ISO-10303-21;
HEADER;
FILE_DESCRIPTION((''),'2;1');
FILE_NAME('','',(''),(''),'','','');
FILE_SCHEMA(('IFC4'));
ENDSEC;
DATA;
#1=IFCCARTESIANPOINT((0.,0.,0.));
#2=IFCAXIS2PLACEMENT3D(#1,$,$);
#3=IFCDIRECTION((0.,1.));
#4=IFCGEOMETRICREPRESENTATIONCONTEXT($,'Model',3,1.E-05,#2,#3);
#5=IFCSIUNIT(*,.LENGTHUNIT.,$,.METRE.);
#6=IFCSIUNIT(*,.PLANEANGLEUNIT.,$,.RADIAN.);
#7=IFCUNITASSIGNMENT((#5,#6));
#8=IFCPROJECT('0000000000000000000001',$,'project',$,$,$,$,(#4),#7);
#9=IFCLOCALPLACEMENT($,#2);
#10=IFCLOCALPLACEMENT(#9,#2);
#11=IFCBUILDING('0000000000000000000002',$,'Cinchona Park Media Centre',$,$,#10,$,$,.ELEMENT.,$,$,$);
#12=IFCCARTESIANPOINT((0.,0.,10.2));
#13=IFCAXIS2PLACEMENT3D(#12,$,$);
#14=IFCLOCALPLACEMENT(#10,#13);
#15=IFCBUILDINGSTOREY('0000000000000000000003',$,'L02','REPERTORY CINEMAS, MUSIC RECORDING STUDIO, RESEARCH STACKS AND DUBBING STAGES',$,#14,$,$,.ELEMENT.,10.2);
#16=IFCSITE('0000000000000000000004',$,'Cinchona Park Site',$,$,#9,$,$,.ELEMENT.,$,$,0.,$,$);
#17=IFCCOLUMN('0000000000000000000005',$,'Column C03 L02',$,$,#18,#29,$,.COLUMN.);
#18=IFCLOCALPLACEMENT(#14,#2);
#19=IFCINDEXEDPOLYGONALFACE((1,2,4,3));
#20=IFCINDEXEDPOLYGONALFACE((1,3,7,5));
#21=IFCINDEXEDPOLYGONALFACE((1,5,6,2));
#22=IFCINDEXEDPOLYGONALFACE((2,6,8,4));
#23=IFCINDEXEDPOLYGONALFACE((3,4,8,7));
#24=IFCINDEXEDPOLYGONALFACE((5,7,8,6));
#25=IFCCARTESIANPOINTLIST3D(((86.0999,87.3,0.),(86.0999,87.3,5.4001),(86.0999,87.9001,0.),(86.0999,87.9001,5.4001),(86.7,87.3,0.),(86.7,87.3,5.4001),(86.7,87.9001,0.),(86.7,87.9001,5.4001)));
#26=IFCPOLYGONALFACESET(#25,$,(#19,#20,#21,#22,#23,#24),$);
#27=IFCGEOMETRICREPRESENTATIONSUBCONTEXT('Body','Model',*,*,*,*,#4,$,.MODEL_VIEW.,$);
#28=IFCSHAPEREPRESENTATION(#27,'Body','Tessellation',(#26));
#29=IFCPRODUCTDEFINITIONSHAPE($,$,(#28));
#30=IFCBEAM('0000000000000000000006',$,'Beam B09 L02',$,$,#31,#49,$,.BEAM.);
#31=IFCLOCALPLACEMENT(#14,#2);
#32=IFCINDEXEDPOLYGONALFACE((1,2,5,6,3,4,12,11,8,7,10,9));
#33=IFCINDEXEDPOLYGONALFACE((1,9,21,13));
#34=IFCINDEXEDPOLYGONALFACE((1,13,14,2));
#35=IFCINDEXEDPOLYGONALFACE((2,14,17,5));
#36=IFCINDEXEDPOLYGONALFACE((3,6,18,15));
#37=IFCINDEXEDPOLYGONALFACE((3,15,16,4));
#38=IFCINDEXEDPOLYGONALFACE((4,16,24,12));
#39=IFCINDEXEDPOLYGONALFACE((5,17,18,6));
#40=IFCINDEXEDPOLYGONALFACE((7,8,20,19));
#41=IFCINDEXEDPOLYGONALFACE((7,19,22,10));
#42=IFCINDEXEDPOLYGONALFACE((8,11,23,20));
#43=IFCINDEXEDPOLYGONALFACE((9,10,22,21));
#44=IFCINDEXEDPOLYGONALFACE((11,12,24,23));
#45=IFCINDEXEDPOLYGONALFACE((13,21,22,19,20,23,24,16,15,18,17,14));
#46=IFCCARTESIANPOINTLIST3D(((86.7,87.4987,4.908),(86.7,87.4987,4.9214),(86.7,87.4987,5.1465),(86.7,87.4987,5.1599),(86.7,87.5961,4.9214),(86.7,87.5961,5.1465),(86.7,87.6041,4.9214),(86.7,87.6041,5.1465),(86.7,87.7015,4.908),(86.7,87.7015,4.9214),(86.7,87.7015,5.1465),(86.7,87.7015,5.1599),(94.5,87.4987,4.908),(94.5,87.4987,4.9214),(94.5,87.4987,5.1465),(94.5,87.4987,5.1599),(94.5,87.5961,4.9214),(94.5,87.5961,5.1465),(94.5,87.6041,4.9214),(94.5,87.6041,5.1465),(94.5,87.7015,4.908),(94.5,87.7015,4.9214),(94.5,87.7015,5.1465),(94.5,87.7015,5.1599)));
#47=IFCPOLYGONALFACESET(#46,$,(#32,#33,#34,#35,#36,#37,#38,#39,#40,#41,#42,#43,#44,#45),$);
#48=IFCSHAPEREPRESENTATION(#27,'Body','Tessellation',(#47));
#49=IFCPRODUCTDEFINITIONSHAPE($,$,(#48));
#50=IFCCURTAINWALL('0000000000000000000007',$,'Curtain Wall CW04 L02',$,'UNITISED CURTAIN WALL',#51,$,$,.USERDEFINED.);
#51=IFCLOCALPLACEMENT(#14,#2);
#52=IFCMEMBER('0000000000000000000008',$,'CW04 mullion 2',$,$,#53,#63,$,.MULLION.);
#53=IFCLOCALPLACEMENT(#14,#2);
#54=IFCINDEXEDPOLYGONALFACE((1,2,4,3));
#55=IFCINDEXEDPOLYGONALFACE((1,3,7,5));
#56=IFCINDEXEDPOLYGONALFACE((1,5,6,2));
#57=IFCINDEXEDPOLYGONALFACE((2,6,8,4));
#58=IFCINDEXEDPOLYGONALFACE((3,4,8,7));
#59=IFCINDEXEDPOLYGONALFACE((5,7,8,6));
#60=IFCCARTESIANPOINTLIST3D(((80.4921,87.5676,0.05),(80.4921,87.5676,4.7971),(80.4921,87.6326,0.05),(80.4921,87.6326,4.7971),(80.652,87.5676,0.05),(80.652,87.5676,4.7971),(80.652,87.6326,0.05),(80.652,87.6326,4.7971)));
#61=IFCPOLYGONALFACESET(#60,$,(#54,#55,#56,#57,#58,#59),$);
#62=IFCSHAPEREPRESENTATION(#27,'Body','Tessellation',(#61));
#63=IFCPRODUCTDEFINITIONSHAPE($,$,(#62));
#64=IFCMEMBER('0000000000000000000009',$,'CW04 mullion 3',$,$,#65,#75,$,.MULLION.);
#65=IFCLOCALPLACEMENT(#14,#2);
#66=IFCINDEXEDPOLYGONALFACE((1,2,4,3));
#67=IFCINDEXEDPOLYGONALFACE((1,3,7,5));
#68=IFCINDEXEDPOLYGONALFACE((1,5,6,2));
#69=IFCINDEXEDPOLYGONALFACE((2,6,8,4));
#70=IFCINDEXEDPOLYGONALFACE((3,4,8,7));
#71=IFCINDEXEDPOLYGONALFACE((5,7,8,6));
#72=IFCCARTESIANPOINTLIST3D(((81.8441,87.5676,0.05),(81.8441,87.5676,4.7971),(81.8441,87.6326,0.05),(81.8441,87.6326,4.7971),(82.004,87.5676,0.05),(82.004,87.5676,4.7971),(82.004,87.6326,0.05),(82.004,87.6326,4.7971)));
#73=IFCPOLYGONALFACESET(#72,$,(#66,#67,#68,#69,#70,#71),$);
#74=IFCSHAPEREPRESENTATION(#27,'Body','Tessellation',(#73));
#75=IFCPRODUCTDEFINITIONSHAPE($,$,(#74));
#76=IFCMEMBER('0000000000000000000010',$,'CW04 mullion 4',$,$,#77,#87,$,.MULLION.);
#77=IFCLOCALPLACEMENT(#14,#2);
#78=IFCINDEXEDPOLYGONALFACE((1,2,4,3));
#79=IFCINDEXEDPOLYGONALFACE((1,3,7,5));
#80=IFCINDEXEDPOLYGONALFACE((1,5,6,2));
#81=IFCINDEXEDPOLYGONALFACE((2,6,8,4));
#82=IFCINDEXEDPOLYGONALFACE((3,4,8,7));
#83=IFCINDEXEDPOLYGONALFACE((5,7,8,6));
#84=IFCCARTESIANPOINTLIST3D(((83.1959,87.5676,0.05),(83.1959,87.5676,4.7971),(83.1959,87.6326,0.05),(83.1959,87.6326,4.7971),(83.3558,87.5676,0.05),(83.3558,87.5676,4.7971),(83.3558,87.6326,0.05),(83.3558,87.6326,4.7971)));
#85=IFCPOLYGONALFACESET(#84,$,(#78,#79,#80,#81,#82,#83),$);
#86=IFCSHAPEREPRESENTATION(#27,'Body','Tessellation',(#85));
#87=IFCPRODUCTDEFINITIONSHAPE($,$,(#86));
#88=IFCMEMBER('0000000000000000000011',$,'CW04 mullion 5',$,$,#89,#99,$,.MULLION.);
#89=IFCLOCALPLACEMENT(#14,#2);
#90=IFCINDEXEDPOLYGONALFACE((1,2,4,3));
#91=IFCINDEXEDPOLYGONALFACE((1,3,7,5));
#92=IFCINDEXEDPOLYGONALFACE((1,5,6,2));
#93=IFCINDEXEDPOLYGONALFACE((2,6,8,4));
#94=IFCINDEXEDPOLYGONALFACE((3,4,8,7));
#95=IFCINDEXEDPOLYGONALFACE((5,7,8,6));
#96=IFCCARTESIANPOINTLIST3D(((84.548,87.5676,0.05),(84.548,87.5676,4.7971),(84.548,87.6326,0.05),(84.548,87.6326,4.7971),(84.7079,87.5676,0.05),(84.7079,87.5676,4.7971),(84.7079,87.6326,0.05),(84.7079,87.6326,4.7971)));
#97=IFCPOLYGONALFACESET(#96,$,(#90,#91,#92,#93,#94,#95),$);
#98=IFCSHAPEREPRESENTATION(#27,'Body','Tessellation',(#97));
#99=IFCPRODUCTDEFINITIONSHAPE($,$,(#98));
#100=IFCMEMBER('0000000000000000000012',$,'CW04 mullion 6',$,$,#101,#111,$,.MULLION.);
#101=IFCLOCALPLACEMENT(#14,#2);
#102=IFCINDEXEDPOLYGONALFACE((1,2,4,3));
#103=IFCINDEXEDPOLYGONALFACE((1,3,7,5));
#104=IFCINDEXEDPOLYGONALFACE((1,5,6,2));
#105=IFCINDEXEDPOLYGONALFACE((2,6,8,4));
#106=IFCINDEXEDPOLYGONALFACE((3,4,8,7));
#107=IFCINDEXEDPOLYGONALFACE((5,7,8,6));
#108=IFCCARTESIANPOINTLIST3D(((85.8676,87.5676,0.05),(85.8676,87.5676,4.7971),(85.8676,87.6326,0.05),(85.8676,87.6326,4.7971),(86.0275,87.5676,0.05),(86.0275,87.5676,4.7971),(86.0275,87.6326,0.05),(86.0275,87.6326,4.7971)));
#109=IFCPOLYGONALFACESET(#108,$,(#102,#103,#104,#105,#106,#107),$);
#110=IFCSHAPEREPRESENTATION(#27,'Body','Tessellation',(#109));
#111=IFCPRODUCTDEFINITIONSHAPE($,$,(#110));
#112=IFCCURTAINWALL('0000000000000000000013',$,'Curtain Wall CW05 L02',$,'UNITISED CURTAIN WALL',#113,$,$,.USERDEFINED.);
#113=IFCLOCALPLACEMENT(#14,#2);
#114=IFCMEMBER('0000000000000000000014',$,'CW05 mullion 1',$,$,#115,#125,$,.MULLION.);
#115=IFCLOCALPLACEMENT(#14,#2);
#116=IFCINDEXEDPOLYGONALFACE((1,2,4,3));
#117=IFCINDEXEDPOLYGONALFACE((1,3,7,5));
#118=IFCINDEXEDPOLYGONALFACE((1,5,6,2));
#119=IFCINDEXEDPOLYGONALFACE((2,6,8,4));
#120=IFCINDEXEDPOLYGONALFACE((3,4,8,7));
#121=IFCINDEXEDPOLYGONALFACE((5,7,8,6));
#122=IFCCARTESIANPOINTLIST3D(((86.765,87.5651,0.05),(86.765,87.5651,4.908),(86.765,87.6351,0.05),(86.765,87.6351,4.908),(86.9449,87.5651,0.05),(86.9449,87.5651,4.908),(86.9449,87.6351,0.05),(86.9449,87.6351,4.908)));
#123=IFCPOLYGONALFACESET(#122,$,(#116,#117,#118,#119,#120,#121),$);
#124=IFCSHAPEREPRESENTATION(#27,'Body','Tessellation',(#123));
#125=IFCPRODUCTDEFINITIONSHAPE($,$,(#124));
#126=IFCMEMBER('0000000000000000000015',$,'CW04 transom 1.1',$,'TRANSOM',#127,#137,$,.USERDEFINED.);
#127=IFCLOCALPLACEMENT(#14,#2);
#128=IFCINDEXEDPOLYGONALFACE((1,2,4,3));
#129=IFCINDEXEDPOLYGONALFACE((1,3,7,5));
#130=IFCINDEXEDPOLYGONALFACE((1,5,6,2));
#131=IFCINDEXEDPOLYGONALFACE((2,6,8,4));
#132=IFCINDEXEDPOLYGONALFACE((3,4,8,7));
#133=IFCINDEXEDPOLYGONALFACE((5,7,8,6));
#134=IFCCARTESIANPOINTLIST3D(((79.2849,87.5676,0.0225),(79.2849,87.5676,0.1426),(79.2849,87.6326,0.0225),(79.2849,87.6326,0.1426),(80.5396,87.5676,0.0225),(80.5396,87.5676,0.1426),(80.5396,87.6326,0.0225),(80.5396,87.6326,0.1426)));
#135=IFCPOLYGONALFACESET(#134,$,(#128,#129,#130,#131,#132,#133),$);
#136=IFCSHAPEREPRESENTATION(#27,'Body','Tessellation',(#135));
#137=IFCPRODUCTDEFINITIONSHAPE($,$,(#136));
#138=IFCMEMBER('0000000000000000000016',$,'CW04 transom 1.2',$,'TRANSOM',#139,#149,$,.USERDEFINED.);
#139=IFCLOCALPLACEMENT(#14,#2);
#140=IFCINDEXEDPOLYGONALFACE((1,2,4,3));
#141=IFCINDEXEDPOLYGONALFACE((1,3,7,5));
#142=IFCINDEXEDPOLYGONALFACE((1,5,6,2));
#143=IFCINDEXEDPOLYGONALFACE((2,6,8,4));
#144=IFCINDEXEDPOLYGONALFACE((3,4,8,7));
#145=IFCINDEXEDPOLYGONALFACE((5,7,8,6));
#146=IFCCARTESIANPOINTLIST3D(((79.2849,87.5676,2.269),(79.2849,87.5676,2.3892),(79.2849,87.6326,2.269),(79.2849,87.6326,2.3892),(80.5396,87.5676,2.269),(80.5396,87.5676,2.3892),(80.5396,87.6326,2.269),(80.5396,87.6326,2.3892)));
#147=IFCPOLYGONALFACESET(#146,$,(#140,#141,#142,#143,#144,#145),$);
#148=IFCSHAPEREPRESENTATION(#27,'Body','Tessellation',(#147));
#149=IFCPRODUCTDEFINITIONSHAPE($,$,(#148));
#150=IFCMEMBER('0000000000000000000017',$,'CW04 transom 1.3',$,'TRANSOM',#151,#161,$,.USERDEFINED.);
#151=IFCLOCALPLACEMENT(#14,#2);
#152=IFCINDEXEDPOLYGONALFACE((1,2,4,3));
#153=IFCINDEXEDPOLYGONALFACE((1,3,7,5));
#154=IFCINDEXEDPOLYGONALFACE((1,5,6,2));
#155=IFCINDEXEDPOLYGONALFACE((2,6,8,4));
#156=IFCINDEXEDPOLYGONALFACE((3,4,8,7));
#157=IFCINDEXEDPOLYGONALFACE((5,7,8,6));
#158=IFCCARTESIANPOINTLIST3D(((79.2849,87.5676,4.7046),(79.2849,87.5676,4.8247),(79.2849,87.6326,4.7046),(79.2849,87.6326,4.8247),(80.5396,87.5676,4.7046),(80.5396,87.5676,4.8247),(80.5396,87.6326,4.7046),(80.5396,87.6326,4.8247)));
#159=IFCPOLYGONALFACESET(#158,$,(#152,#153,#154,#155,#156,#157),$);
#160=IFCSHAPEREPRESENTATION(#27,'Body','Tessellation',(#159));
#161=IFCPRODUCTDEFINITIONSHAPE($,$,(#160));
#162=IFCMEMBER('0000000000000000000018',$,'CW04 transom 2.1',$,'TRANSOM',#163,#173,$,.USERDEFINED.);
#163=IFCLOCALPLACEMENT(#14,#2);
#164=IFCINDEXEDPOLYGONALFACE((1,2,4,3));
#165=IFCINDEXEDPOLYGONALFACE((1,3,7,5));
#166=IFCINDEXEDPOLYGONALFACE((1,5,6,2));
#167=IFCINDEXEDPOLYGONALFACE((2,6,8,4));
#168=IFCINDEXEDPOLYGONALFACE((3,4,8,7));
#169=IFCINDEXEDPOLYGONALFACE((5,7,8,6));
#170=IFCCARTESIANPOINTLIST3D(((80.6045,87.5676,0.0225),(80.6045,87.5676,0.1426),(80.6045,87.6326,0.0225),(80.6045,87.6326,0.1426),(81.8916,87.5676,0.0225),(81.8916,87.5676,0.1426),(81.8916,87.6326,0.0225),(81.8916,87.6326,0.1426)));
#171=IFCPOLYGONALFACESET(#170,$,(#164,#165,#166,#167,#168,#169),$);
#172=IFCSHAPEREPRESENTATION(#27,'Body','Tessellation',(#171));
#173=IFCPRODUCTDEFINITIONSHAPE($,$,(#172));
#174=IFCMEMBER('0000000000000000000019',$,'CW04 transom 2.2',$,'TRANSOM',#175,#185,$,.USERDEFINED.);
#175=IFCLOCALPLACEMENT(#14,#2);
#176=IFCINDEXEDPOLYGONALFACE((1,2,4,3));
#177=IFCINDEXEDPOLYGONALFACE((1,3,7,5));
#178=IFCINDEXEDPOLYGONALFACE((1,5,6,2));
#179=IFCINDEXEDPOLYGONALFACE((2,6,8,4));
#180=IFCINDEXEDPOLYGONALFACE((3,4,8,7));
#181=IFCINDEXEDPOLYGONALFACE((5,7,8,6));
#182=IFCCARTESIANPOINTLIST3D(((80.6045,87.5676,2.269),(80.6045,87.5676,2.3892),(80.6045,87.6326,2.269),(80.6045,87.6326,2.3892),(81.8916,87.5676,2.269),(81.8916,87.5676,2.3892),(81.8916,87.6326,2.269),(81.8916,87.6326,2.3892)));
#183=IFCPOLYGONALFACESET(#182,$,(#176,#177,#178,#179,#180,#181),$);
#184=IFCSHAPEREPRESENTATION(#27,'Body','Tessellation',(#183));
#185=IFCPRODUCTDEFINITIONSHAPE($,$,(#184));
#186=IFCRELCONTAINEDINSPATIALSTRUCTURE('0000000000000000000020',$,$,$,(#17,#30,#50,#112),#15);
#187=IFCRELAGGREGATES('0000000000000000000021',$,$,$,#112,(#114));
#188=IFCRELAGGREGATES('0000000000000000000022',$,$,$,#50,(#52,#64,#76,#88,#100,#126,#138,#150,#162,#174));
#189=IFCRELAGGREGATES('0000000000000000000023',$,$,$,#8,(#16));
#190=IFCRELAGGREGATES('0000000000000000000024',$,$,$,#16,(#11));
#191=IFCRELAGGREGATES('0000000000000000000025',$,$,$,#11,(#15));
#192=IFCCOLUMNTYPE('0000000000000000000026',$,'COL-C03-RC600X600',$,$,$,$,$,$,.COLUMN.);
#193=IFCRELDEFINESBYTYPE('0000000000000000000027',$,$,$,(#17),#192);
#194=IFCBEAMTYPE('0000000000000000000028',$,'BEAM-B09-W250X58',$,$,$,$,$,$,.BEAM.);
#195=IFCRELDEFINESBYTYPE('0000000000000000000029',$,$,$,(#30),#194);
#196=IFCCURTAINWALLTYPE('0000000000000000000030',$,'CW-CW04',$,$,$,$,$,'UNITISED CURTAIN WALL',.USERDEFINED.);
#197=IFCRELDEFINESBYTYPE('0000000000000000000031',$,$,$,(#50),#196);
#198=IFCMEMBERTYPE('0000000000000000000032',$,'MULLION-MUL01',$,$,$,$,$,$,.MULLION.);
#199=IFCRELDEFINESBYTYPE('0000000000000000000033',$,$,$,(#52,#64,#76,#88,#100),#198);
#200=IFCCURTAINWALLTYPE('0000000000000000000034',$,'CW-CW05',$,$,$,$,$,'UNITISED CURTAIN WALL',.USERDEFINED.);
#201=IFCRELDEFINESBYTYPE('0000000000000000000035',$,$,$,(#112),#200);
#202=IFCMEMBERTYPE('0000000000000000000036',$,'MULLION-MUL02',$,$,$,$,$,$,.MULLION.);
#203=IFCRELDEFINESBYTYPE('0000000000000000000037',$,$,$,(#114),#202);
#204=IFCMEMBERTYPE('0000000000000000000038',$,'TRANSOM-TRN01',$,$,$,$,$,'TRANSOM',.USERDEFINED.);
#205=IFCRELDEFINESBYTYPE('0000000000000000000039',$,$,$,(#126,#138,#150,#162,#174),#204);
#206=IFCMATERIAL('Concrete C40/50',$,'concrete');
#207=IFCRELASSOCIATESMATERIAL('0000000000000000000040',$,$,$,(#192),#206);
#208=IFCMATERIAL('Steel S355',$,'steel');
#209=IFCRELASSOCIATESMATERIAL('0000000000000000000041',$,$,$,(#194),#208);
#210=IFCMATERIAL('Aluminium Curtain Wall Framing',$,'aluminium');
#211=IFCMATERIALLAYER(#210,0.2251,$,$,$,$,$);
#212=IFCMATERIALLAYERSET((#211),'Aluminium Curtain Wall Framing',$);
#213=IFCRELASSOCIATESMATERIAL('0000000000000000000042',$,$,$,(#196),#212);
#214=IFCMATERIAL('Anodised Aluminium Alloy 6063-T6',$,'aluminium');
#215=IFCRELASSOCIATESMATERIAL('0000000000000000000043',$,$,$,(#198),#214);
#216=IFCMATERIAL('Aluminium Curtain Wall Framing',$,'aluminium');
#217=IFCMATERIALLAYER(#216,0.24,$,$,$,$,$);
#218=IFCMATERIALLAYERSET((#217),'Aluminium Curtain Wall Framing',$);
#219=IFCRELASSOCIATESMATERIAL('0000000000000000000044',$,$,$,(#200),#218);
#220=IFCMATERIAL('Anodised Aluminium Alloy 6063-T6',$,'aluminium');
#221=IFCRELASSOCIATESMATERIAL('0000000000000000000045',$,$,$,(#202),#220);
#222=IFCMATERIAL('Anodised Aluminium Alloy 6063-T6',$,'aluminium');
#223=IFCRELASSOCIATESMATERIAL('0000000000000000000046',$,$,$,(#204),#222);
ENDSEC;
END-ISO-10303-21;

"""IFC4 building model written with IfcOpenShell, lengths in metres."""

from ifc_helpers import new_model, si_unit, direction, frame, origin, origin_2d, place, context, subcontext, project, spatial, rectangle, i_section, extrude, material, layer, layer_set, material_profile, profile_set, type_object, element, aggregate, save


model = new_model("IFC4")

# Units and contexts
model_context = context("Model", 3, precision=1e-05, world=origin(), true_north=direction((0.0, 1.0)))
body_context = subcontext(model_context, "Body", "Model", "MODEL_VIEW")
ifc_project = project(units=[si_unit("LENGTHUNIT", "METRE"), si_unit("PLANEANGLEUNIT", "RADIAN")], contexts=[model_context])

# Site, building, storey
site_placement = place(None, origin())
site = spatial("IfcSite", under=ifc_project, at=site_placement, Name="Cinchona Park Site", CompositionType="ELEMENT", RefElevation=0.0)
building_placement = place(site_placement, origin())
building = spatial("IfcBuilding", under=site, at=building_placement, Name="Cinchona Park Media Centre", CompositionType="ELEMENT")
storey_placement = place(building_placement, frame((0.0, 0.0, 10.2)))
storey = spatial("IfcBuildingStorey", under=building, at=storey_placement, Name="L02", Description="REPERTORY CINEMAS, MUSIC RECORDING STUDIO, RESEARCH STACKS AND DUBBING STAGES", CompositionType="ELEMENT", Elevation=10.2)

# Column
ifc_material_1 = material(Name="Concrete C40/50", Category="concrete")
ifc_material_profile_1 = material_profile(ifc_material_1, rectangle(XDim=0.6001, YDim=0.6001, at=origin_2d()), Name="RC 600X600")
ifc_profile_set_1 = profile_set([ifc_material_profile_1], Name="Concrete C40/50")
column_type = type_object("IfcColumnType", Name="COL-C03-RC600X600", PredefinedType="COLUMN", material=ifc_profile_set_1)
column_placement = place(storey_placement, frame((86.3999, 87.6001, 0.0), z_axis=(0.0, 0.0, 1.0), x_axis=(1.0, 0.0, 0.0)))
element("IfcColumn", 1, at=column_placement, inside=storey, type_object=column_type, Name="Column C03 L02", PredefinedType="COLUMN", context=body_context, shape_type="SweptSolid", body=[
    extrude(rectangle(XDim=0.6001, YDim=0.6001, at=origin_2d()), origin(), (0.0, 0.0, 1.0), 5.4001),
])

# Beam
ifc_material_2 = material(Name="Steel S355", Category="steel")
ifc_material_profile_2 = material_profile(ifc_material_2, i_section(OverallWidth=0.2029, OverallDepth=0.252, WebThickness=0.0081, FlangeThickness=0.0134, at=origin_2d()), Name="W250X58")
ifc_profile_set_2 = profile_set([ifc_material_profile_2], Name="Steel S355")
beam_type = type_object("IfcBeamType", Name="BEAM-B09-W250X58", PredefinedType="BEAM", material=ifc_profile_set_2)
beam_placement = place(storey_placement, frame((86.7, 87.6001, 5.0339), z_axis=(1.0, 0.0, 0.0), x_axis=(0.0, 1.0, 0.0)))
element("IfcBeam", 2, at=beam_placement, inside=storey, type_object=beam_type, Name="Beam B09 L02", PredefinedType="BEAM", context=body_context, shape_type="SweptSolid", body=[
    extrude(i_section(OverallWidth=0.2029, OverallDepth=0.252, WebThickness=0.0081, FlangeThickness=0.0134, at=origin_2d()), origin(), (0.0, 0.0, 1.0), 7.8),
])

# Curtain wall, members
ifc_material_3 = material(Name="Aluminium Curtain Wall Framing", Category="aluminium")
ifc_layer_1 = layer(ifc_material_3, 0.2251)
ifc_layer_set_1 = layer_set([ifc_layer_1], Name="Aluminium Curtain Wall Framing")
curtain_wall_type_1 = type_object("IfcCurtainWallType", Name="CW-CW04", ElementType="UNITISED CURTAIN WALL", PredefinedType="USERDEFINED", material=ifc_layer_set_1)
curtain_wall_1_placement = place(storey_placement, origin())
curtain_wall_1 = element("IfcCurtainWall", 3, at=curtain_wall_1_placement, inside=storey, type_object=curtain_wall_type_1, Name="Curtain Wall CW04 L02", ObjectType="UNITISED CURTAIN WALL", PredefinedType="USERDEFINED")
ifc_material_4 = material(Name="Anodised Aluminium Alloy 6063-T6", Category="aluminium")
ifc_material_profile_3 = material_profile(ifc_material_4, rectangle(XDim=0.0649, YDim=0.1599, at=origin_2d()), Name="MUL-65X160")
ifc_profile_set_3 = profile_set([ifc_material_profile_3], Name="Anodised Aluminium Alloy 6063-T6")
member_type_1 = type_object("IfcMemberType", Name="MULLION-MUL01", PredefinedType="MULLION", material=ifc_profile_set_3)
member_1_placement = place(storey_placement, frame((80.572, 87.6001, 0.05), z_axis=(0.0, 0.0, 1.0), x_axis=(0.0, 1.0, 0.0)))
member_1 = element("IfcMember", 4, at=member_1_placement, type_object=member_type_1, Name="CW04 mullion 2", PredefinedType="MULLION", context=body_context, shape_type="SweptSolid", body=[
    extrude(rectangle(XDim=0.0649, YDim=0.1599, at=origin_2d()), origin(), (0.0, 0.0, 1.0), 4.7471),
])
member_2_placement = place(storey_placement, frame((81.9241, 87.6001, 0.05), z_axis=(0.0, 0.0, 1.0), x_axis=(0.0, 1.0, 0.0)))
member_2 = element("IfcMember", 5, at=member_2_placement, type_object=member_type_1, Name="CW04 mullion 3", PredefinedType="MULLION", context=body_context, shape_type="SweptSolid", body=[
    extrude(rectangle(XDim=0.0649, YDim=0.1599, at=origin_2d()), origin(), (0.0, 0.0, 1.0), 4.7471),
])
member_3_placement = place(storey_placement, frame((83.2759, 87.6001, 0.05), z_axis=(0.0, 0.0, 1.0), x_axis=(0.0, 1.0, 0.0)))
member_3 = element("IfcMember", 6, at=member_3_placement, type_object=member_type_1, Name="CW04 mullion 4", PredefinedType="MULLION", context=body_context, shape_type="SweptSolid", body=[
    extrude(rectangle(XDim=0.0649, YDim=0.1599, at=origin_2d()), origin(), (0.0, 0.0, 1.0), 4.7471),
])
member_4_placement = place(storey_placement, frame((84.6279, 87.6001, 0.05), z_axis=(0.0, 0.0, 1.0), x_axis=(0.0, 1.0, 0.0)))
member_4 = element("IfcMember", 7, at=member_4_placement, type_object=member_type_1, Name="CW04 mullion 5", PredefinedType="MULLION", context=body_context, shape_type="SweptSolid", body=[
    extrude(rectangle(XDim=0.0649, YDim=0.1599, at=origin_2d()), origin(), (0.0, 0.0, 1.0), 4.7471),
])
member_5_placement = place(storey_placement, frame((85.9475, 87.6001, 0.05), z_axis=(0.0, 0.0, 1.0), x_axis=(0.0, 1.0, 0.0)))
member_5 = element("IfcMember", 8, at=member_5_placement, type_object=member_type_1, Name="CW04 mullion 6", PredefinedType="MULLION", context=body_context, shape_type="SweptSolid", body=[
    extrude(rectangle(XDim=0.0649, YDim=0.1599, at=origin_2d()), origin(), (0.0, 0.0, 1.0), 4.7471),
])

# Curtain wall, member
ifc_material_5 = material(Name="Aluminium Curtain Wall Framing", Category="aluminium")
ifc_layer_2 = layer(ifc_material_5, 0.24)
ifc_layer_set_2 = layer_set([ifc_layer_2], Name="Aluminium Curtain Wall Framing")
curtain_wall_type_2 = type_object("IfcCurtainWallType", Name="CW-CW05", ElementType="UNITISED CURTAIN WALL", PredefinedType="USERDEFINED", material=ifc_layer_set_2)
curtain_wall_2_placement = place(storey_placement, origin())
curtain_wall_2 = element("IfcCurtainWall", 9, at=curtain_wall_2_placement, inside=storey, type_object=curtain_wall_type_2, Name="Curtain Wall CW05 L02", ObjectType="UNITISED CURTAIN WALL", PredefinedType="USERDEFINED")
ifc_material_6 = material(Name="Anodised Aluminium Alloy 6063-T6", Category="aluminium")
ifc_material_profile_4 = material_profile(ifc_material_6, rectangle(XDim=0.0701, YDim=0.1799, at=origin_2d()), Name="MUL-70X180")
ifc_profile_set_4 = profile_set([ifc_material_profile_4], Name="Anodised Aluminium Alloy 6063-T6")
member_type_2 = type_object("IfcMemberType", Name="MULLION-MUL02", PredefinedType="MULLION", material=ifc_profile_set_4)
member_6_placement = place(storey_placement, frame((86.855, 87.6001, 0.05), z_axis=(0.0, 0.0, 1.0), x_axis=(0.0, 1.0, 0.0)))
member_6 = element("IfcMember", 10, at=member_6_placement, type_object=member_type_2, Name="CW05 mullion 1", PredefinedType="MULLION", context=body_context, shape_type="SweptSolid", body=[
    extrude(rectangle(XDim=0.0701, YDim=0.1799, at=origin_2d()), origin(), (0.0, 0.0, 1.0), 4.8579),
])

# Members
ifc_material_7 = material(Name="Anodised Aluminium Alloy 6063-T6", Category="aluminium")
ifc_material_profile_5 = material_profile(ifc_material_7, rectangle(XDim=0.0649, YDim=0.1201, at=origin_2d()), Name="TRN-65X120")
ifc_profile_set_5 = profile_set([ifc_material_profile_5], Name="Anodised Aluminium Alloy 6063-T6")
member_type_3 = type_object("IfcMemberType", Name="TRANSOM-TRN01", ElementType="TRANSOM", PredefinedType="USERDEFINED", material=ifc_profile_set_5)
member_7_placement = place(storey_placement, frame((79.2849, 87.6001, 0.0825), z_axis=(1.0, 0.0, 0.0), x_axis=(0.0, 1.0, 0.0)))
member_7 = element("IfcMember", 11, at=member_7_placement, type_object=member_type_3, Name="CW04 transom 1.1", ObjectType="TRANSOM", PredefinedType="USERDEFINED", context=body_context, shape_type="SweptSolid", body=[
    extrude(rectangle(XDim=0.0649, YDim=0.1201, at=origin_2d()), origin(), (0.0, 0.0, 1.0), 1.2546),
])
member_8_placement = place(storey_placement, frame((79.2849, 87.6001, 2.3291), z_axis=(1.0, 0.0, 0.0), x_axis=(0.0, 1.0, 0.0)))
member_8 = element("IfcMember", 12, at=member_8_placement, type_object=member_type_3, Name="CW04 transom 1.2", ObjectType="TRANSOM", PredefinedType="USERDEFINED", context=body_context, shape_type="SweptSolid", body=[
    extrude(rectangle(XDim=0.0649, YDim=0.1201, at=origin_2d()), origin(), (0.0, 0.0, 1.0), 1.2546),
])
member_9_placement = place(storey_placement, frame((79.2849, 87.6001, 4.7646), z_axis=(1.0, 0.0, 0.0), x_axis=(0.0, 1.0, 0.0)))
member_9 = element("IfcMember", 13, at=member_9_placement, type_object=member_type_3, Name="CW04 transom 1.3", ObjectType="TRANSOM", PredefinedType="USERDEFINED", context=body_context, shape_type="SweptSolid", body=[
    extrude(rectangle(XDim=0.0649, YDim=0.1201, at=origin_2d()), origin(), (0.0, 0.0, 1.0), 1.2546),
])
member_10_placement = place(storey_placement, frame((80.6045, 87.6001, 0.0825), z_axis=(1.0, 0.0, 0.0), x_axis=(0.0, 1.0, 0.0)))
member_10 = element("IfcMember", 14, at=member_10_placement, type_object=member_type_3, Name="CW04 transom 2.1", ObjectType="TRANSOM", PredefinedType="USERDEFINED", context=body_context, shape_type="SweptSolid", body=[
    extrude(rectangle(XDim=0.0649, YDim=0.1201, at=origin_2d()), origin(), (0.0, 0.0, 1.0), 1.2871),
])
member_11_placement = place(storey_placement, frame((80.6045, 87.6001, 2.3291), z_axis=(1.0, 0.0, 0.0), x_axis=(0.0, 1.0, 0.0)))
member_11 = element("IfcMember", 15, at=member_11_placement, type_object=member_type_3, Name="CW04 transom 2.2", ObjectType="TRANSOM", PredefinedType="USERDEFINED", context=body_context, shape_type="SweptSolid", body=[
    extrude(rectangle(XDim=0.0649, YDim=0.1201, at=origin_2d()), origin(), (0.0, 0.0, 1.0), 1.2871),
])

aggregate(curtain_wall_2, [member_6])
aggregate(curtain_wall_1, [member_1, member_2, member_3, member_4, member_5, member_7, member_8, member_9, member_10, member_11])

save(model, "model.ifc")
